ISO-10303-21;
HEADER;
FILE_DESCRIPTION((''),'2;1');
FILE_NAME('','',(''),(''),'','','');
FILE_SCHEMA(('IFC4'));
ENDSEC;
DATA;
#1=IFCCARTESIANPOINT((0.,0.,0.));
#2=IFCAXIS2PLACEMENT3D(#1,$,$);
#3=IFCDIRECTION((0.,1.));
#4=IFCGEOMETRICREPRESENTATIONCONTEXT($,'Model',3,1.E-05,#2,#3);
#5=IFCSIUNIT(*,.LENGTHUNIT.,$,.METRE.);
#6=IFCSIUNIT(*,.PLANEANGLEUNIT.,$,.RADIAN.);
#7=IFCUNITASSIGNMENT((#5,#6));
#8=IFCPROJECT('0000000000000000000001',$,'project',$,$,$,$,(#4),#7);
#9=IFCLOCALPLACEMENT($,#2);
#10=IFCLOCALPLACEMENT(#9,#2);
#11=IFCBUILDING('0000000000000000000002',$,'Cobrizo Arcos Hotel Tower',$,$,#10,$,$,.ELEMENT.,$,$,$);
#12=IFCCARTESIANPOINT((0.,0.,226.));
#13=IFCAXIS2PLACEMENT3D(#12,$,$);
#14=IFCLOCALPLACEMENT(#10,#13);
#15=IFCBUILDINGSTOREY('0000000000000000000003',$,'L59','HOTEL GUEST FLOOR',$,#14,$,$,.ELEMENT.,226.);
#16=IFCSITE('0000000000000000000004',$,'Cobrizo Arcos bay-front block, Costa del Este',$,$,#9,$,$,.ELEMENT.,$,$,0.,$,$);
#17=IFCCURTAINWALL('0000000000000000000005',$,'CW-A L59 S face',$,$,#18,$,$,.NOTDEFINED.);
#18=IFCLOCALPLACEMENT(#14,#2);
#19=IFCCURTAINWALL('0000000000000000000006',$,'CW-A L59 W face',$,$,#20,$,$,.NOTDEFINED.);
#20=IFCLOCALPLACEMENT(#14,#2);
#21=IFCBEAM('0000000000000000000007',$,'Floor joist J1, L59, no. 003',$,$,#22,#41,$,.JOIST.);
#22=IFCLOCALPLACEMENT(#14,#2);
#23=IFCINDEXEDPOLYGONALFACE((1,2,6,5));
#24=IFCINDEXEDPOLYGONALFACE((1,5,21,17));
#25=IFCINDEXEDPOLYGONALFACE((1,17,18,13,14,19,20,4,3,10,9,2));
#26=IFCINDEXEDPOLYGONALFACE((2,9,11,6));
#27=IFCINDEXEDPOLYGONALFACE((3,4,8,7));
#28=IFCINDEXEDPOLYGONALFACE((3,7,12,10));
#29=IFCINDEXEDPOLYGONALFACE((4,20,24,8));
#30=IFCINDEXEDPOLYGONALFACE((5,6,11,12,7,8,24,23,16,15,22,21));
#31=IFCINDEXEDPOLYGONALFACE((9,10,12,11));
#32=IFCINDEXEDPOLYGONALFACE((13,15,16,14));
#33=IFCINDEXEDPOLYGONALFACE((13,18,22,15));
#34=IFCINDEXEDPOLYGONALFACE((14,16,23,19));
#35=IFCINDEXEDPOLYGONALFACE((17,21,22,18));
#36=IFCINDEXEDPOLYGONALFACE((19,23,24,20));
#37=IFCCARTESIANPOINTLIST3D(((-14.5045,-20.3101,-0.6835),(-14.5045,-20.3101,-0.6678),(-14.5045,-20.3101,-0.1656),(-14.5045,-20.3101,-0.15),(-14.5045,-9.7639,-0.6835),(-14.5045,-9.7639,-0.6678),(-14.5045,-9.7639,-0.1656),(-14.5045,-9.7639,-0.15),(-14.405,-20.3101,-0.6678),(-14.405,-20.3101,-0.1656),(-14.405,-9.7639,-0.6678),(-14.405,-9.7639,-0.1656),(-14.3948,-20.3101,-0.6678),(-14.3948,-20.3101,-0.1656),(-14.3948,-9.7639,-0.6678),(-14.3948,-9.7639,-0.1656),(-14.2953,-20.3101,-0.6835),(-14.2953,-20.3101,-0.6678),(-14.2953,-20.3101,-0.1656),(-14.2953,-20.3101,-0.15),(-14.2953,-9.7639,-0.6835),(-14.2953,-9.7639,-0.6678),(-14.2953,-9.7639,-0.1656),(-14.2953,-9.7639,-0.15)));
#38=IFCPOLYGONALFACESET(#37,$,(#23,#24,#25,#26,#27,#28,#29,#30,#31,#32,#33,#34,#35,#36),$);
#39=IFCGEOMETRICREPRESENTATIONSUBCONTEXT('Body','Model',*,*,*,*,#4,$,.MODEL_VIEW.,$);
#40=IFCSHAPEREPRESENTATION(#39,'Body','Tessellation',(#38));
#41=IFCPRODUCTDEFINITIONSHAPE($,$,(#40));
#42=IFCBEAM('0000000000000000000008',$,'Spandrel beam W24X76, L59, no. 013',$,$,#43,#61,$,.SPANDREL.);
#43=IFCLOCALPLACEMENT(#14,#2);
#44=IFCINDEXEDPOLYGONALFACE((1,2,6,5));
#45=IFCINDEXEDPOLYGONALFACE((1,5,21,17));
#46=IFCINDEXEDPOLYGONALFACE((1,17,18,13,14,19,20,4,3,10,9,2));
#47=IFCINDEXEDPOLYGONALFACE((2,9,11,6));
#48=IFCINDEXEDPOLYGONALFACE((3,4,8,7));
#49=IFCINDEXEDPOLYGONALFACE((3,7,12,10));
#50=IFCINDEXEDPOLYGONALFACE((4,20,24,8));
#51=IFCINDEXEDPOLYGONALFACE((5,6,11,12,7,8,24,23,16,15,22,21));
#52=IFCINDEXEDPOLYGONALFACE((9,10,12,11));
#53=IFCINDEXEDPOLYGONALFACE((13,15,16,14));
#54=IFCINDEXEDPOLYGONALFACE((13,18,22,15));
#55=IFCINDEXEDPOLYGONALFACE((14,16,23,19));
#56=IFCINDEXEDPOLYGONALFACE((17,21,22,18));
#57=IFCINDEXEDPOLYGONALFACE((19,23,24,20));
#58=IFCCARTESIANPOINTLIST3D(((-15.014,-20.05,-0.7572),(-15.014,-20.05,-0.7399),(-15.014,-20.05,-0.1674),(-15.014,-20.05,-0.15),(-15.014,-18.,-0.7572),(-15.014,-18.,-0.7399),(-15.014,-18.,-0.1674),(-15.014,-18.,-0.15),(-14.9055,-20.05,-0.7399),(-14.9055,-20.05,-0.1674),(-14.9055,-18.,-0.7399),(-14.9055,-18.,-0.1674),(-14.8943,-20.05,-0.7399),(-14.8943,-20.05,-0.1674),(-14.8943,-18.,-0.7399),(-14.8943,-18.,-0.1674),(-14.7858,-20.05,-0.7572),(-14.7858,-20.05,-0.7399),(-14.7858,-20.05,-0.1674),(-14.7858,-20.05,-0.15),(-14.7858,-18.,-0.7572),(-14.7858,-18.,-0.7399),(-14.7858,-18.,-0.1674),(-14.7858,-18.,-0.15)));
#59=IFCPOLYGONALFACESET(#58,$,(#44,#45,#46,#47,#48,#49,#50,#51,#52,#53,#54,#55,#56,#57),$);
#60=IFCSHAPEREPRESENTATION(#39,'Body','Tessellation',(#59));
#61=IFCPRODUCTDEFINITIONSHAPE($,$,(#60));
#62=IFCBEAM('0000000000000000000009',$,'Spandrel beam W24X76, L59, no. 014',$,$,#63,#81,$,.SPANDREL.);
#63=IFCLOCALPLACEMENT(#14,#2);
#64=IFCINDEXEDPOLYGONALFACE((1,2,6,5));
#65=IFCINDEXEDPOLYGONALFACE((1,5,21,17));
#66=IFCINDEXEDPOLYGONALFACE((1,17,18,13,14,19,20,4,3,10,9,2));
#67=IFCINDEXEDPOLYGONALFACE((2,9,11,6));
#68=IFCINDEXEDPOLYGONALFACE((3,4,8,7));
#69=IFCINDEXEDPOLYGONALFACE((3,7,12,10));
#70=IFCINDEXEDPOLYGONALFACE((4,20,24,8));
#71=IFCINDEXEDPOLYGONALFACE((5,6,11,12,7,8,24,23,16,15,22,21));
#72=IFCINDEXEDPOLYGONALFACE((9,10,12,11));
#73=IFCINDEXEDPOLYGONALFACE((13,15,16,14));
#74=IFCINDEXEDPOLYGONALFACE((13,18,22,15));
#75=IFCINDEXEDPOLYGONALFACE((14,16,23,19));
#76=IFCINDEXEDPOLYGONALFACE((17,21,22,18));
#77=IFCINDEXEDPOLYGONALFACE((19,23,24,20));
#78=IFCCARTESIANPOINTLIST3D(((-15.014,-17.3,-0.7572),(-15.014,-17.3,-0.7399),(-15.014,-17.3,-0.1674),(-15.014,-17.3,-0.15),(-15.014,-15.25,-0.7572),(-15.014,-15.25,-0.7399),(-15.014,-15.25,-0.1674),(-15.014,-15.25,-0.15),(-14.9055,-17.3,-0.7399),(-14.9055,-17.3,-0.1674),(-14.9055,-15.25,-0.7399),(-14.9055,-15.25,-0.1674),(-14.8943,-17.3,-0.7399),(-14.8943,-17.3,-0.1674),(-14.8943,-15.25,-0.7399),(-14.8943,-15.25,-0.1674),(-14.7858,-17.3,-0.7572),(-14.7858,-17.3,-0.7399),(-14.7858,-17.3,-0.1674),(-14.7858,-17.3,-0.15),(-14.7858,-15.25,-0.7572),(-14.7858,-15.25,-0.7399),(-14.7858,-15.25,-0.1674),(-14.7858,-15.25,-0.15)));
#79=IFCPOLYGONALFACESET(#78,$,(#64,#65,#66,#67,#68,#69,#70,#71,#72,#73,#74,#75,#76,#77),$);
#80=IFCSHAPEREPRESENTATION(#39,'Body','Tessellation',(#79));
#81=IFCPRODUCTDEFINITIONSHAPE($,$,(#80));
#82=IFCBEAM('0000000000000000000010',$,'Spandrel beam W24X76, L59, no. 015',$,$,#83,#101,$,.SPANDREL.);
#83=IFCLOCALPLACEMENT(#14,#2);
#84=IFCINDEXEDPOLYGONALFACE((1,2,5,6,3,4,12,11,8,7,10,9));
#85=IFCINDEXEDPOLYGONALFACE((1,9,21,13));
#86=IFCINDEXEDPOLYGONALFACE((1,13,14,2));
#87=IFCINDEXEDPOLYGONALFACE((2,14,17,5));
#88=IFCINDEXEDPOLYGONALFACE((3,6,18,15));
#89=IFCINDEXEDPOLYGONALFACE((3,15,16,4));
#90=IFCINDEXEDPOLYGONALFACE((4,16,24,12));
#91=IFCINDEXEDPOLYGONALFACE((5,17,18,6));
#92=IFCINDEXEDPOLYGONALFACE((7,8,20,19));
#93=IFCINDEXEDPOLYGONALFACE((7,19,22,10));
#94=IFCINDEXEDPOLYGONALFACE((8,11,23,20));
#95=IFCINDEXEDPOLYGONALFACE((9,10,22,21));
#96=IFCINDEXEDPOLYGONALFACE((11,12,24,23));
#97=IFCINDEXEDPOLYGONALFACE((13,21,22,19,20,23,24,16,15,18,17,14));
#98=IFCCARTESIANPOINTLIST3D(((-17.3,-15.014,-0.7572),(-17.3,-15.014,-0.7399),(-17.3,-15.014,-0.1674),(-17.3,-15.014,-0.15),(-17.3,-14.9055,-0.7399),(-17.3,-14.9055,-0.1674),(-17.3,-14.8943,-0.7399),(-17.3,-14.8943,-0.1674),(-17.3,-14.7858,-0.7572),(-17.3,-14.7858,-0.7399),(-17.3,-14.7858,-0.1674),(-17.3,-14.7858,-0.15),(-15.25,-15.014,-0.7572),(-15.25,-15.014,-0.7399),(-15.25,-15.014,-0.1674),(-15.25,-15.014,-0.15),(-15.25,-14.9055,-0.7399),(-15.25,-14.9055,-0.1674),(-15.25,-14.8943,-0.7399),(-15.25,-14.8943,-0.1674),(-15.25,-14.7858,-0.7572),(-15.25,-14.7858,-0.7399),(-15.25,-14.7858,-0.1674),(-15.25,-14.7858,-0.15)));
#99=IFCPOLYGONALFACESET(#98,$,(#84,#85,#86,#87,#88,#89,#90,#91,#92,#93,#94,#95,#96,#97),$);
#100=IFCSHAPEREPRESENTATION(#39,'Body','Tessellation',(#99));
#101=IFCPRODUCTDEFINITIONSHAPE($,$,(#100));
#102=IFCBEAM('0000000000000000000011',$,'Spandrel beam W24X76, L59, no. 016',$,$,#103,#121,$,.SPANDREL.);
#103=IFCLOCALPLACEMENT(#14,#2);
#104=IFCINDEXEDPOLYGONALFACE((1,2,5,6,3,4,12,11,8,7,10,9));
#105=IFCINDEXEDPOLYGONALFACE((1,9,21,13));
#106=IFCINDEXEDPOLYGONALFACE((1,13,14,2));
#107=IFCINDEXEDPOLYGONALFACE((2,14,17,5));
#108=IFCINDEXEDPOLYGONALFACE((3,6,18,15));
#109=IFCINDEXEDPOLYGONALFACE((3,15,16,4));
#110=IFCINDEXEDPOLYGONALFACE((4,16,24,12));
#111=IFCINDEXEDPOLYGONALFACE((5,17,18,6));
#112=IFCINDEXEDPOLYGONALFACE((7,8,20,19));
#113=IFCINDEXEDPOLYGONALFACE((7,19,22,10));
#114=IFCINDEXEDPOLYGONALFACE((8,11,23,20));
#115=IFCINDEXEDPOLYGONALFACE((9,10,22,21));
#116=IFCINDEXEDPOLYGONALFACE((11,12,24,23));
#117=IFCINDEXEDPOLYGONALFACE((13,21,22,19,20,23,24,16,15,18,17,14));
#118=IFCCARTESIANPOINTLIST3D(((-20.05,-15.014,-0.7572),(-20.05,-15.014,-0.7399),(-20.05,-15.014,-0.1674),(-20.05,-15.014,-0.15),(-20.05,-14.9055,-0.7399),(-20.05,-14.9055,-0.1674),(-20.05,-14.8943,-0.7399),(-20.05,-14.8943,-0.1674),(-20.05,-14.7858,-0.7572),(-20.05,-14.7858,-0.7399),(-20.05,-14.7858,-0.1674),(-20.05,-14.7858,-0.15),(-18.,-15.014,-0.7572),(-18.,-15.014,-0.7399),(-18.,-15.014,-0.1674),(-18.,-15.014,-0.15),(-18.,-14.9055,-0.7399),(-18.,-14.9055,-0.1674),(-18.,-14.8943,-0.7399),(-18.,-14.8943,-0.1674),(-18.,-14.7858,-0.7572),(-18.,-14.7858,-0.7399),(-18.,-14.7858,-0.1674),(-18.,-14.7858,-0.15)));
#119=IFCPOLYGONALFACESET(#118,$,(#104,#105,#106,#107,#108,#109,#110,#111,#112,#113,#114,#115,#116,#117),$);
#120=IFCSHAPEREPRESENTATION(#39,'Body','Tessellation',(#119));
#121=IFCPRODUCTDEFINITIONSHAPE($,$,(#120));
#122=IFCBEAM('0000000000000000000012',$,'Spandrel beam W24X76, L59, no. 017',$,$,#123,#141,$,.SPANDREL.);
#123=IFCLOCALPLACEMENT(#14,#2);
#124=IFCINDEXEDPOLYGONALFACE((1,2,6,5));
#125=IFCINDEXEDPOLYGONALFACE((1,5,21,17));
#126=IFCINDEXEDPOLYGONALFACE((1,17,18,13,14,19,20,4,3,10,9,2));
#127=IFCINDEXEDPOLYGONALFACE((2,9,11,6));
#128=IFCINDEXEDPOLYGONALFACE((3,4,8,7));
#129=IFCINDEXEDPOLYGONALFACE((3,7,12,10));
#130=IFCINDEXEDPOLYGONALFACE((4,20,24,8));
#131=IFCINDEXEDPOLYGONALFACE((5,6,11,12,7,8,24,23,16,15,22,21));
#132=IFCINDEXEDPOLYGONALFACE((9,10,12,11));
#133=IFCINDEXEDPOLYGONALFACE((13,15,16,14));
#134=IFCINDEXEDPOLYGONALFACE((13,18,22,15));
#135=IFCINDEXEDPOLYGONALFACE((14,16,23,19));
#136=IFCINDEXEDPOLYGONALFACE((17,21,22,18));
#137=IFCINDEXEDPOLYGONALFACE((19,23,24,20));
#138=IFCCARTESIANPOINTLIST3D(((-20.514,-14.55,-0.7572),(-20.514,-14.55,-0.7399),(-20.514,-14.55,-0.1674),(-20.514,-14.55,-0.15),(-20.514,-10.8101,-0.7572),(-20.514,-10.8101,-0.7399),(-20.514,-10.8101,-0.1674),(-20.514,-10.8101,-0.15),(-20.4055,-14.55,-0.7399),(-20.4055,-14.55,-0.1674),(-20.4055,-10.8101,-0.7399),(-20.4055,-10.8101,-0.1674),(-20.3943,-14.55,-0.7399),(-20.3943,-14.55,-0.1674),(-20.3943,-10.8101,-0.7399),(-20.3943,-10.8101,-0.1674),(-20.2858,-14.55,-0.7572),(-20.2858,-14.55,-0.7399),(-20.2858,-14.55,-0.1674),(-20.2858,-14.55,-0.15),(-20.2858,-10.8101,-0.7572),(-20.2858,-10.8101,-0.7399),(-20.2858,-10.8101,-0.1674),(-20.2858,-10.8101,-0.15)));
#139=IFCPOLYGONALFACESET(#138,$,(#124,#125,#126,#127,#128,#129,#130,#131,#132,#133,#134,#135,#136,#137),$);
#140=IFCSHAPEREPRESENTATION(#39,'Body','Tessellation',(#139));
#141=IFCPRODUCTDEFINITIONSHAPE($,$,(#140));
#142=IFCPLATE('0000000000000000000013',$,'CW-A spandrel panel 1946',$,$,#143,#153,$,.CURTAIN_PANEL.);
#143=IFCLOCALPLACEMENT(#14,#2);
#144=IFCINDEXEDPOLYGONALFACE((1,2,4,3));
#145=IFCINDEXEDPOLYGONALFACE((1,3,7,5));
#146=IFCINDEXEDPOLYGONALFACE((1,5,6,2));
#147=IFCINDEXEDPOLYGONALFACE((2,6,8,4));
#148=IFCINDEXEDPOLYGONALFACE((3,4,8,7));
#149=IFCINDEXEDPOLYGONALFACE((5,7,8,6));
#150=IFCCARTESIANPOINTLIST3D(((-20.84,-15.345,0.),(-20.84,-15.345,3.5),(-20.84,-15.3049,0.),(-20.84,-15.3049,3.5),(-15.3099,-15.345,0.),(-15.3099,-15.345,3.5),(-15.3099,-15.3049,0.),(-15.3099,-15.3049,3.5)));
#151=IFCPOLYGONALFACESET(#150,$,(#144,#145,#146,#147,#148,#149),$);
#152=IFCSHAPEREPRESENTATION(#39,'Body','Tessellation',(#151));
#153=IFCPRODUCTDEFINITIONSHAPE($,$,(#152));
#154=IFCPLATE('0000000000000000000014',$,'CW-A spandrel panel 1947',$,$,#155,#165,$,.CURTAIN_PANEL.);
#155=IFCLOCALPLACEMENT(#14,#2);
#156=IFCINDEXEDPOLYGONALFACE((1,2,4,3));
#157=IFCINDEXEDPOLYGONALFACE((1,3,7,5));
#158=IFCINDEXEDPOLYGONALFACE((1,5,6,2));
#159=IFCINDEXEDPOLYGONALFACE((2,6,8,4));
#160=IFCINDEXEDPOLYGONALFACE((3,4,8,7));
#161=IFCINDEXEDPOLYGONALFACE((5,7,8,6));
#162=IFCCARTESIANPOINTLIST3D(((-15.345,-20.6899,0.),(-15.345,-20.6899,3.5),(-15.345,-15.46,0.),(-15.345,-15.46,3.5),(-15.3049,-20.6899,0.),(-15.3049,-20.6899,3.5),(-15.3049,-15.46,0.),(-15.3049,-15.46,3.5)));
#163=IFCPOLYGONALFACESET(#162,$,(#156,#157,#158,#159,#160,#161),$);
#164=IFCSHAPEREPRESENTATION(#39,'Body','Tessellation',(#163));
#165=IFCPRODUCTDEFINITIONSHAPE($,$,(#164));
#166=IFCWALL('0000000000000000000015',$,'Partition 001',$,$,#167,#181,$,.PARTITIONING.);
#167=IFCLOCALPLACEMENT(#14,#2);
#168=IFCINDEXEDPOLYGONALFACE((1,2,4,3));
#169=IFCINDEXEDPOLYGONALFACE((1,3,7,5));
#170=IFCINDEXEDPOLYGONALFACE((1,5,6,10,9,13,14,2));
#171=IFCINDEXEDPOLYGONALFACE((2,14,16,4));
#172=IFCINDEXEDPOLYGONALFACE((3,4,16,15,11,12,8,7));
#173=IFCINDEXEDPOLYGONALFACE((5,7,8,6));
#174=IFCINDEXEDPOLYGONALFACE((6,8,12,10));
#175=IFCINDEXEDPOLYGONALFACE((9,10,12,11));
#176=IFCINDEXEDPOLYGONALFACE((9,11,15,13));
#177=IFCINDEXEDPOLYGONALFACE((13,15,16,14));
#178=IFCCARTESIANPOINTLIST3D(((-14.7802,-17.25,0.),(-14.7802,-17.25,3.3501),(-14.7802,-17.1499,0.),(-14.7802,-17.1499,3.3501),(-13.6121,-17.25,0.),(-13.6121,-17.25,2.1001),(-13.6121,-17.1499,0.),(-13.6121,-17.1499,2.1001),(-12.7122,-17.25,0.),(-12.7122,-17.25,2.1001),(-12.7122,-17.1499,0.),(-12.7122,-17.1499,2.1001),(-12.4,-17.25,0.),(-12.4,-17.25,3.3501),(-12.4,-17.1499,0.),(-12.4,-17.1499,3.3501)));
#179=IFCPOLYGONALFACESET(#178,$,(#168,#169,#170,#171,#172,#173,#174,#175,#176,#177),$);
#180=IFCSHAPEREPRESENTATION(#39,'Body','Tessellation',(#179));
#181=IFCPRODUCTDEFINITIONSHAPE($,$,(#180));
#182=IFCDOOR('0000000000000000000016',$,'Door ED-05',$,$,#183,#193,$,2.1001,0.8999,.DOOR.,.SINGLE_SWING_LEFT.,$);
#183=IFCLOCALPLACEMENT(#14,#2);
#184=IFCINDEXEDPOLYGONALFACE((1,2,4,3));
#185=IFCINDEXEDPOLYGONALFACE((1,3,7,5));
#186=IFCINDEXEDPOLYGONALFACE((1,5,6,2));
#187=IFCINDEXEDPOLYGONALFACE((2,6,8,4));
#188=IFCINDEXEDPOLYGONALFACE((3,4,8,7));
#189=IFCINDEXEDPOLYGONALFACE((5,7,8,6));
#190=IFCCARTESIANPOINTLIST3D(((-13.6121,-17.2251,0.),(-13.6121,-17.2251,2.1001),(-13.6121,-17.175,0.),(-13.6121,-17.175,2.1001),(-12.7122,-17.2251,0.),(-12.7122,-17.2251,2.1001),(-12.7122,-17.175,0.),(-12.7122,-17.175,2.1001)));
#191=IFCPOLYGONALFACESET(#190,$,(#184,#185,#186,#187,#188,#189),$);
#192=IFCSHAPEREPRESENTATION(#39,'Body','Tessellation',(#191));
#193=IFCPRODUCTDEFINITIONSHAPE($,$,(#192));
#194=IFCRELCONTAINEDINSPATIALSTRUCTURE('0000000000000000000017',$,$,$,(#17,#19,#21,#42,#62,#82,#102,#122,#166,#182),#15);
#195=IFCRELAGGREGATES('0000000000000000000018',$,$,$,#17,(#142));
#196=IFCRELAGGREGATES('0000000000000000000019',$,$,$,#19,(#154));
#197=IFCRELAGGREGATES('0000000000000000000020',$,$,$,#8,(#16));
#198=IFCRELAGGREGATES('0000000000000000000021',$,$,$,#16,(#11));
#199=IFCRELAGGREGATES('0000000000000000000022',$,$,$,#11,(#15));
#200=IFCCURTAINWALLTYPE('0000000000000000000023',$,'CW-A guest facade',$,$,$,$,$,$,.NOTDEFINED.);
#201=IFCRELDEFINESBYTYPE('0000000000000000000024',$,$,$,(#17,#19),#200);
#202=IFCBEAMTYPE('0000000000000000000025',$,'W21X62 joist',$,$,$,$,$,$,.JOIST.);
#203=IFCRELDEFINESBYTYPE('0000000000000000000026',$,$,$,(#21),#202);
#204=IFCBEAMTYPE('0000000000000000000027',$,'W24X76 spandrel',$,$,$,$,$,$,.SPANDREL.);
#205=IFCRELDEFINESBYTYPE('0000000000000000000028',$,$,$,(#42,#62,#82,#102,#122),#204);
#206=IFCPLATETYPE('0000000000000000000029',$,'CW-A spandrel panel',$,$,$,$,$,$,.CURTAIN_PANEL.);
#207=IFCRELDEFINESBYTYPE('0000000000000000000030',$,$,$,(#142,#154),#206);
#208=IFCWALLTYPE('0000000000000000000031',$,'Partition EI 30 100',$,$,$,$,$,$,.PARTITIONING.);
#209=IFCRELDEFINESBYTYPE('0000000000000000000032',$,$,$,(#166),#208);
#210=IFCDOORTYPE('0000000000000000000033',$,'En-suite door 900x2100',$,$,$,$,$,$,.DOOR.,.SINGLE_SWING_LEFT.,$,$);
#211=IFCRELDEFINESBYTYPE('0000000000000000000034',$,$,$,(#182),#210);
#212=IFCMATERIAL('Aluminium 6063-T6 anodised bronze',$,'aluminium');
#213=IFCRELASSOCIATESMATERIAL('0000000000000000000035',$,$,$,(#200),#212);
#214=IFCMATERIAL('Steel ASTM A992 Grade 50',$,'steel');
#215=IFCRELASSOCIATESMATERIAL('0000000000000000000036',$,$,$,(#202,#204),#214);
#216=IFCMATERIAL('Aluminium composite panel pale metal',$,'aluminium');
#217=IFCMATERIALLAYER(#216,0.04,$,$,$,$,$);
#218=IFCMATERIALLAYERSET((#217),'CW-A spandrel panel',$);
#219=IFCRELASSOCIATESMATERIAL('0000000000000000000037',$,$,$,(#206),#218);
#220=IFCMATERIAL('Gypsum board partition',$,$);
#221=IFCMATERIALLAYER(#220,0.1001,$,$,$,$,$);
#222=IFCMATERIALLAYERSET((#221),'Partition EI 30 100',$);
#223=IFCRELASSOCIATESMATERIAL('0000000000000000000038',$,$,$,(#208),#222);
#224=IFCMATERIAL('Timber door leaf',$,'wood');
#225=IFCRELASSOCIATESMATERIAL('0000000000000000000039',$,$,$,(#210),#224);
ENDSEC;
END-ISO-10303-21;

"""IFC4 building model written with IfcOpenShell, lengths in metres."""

from ifc_helpers import new_model, si_unit, direction, frame, frame_2d, origin, origin_2d, place, context, subcontext, project, spatial, rectangle, i_section, extrude, material, layer, layer_set, material_profile, profile_set, type_object, element, fill, aggregate, save


model = new_model("IFC4")

# Units and contexts
model_context = context("Model", 3, precision=1e-05, world=origin(), true_north=direction((0.0, 1.0)))
body_context = subcontext(model_context, "Body", "Model", "MODEL_VIEW")
ifc_project = project(units=[si_unit("LENGTHUNIT", "METRE"), si_unit("PLANEANGLEUNIT", "RADIAN")], contexts=[model_context])

# Site, building, storey
site_placement = place(None, origin())
site = spatial("IfcSite", under=ifc_project, at=site_placement, Name="Cobrizo Arcos bay-front block, Costa del Este", CompositionType="ELEMENT", RefElevation=0.0)
building_placement = place(site_placement, origin())
building = spatial("IfcBuilding", under=site, at=building_placement, Name="Cobrizo Arcos Hotel Tower", CompositionType="ELEMENT")
storey_placement = place(building_placement, frame((0.0, 0.0, 226.0)))
storey = spatial("IfcBuildingStorey", under=building, at=storey_placement, Name="L59", Description="HOTEL GUEST FLOOR", CompositionType="ELEMENT", Elevation=226.0)

# Shared definitions
ifc_material_1 = material(Name="Aluminium 6063-T6 anodised bronze", Category="aluminium")
curtain_wall_type = type_object("IfcCurtainWallType", Name="CW-A guest facade", PredefinedType="NOTDEFINED", material=ifc_material_1)

# Curtain walls
curtain_wall_1_placement = place(storey_placement, origin())
curtain_wall_1 = element("IfcCurtainWall", 1, at=curtain_wall_1_placement, inside=storey, type_object=curtain_wall_type, Name="CW-A L59 S face", PredefinedType="NOTDEFINED")
curtain_wall_2_placement = place(storey_placement, origin())
curtain_wall_2 = element("IfcCurtainWall", 2, at=curtain_wall_2_placement, inside=storey, type_object=curtain_wall_type, Name="CW-A L59 W face", PredefinedType="NOTDEFINED")

# Beams
ifc_material_2 = material(Name="Steel ASTM A992 Grade 50", Category="steel")
ifc_material_profile_1 = material_profile(ifc_material_2, i_section(OverallWidth=0.2092, OverallDepth=0.5334, WebThickness=0.0103, FlangeThickness=0.0156, at=origin_2d()), Name="W21X62")
ifc_profile_set_1 = profile_set([ifc_material_profile_1], Name="Steel ASTM A992 Grade 50")
beam_type_1 = type_object("IfcBeamType", Name="W21X62 joist", PredefinedType="JOIST", material=ifc_profile_set_1)
beam_1_placement = place(storey_placement, frame((-14.3999, -20.3101, -0.4167), z_axis=(0.0, 1.0, 0.0), x_axis=(-1.0, 0.0, 0.0)))
element("IfcBeam", 3, at=beam_1_placement, inside=storey, type_object=beam_type_1, Name="Floor joist J1, L59, no. 003", PredefinedType="JOIST", context=body_context, shape_type="SweptSolid", body=[
    extrude(i_section(OverallWidth=0.2092, OverallDepth=0.5334, WebThickness=0.0103, FlangeThickness=0.0156, at=origin_2d()), origin(), (0.0, 0.0, 1.0), 10.5461),
])
ifc_material_profile_2 = material_profile(ifc_material_2, i_section(OverallWidth=0.2283, OverallDepth=0.6072, WebThickness=0.0112, FlangeThickness=0.0173, at=origin_2d()), Name="W24X76")
ifc_profile_set_2 = profile_set([ifc_material_profile_2], Name="Steel ASTM A992 Grade 50")
beam_type_2 = type_object("IfcBeamType", Name="W24X76 spandrel", PredefinedType="SPANDREL", material=ifc_profile_set_2)
for number, where, z_axis, x_axis, name in (
    (4, (-14.8999, -20.05, -0.4536), (0.0, 1.0, 0.0), (-1.0, 0.0, 0.0), "Spandrel beam W24X76, L59, no. 013"),
    (5, (-14.8999, -17.3, -0.4536), (0.0, 1.0, 0.0), (-1.0, 0.0, 0.0), "Spandrel beam W24X76, L59, no. 014"),
    (6, (-15.25, -14.8999, -0.4536), (-1.0, 0.0, 0.0), (0.0, -1.0, 0.0), "Spandrel beam W24X76, L59, no. 015"),
    (7, (-18.0, -14.8999, -0.4536), (-1.0, 0.0, 0.0), (0.0, -1.0, 0.0), "Spandrel beam W24X76, L59, no. 016"),
):
    element("IfcBeam", number, at=place(storey_placement, frame(where, z_axis=z_axis, x_axis=x_axis)), inside=storey, type_object=beam_type_2, Name=name, PredefinedType="SPANDREL", context=body_context, shape_type="SweptSolid", body=[
        extrude(i_section(OverallWidth=0.2283, OverallDepth=0.6072, WebThickness=0.0112, FlangeThickness=0.0173, at=origin_2d()), origin(), (0.0, 0.0, 1.0), 2.05),
    ])
beam_2_placement = place(storey_placement, frame((-20.3999, -14.55, -0.4536), z_axis=(0.0, 1.0, 0.0), x_axis=(-1.0, 0.0, 0.0)))
element("IfcBeam", 8, at=beam_2_placement, inside=storey, type_object=beam_type_2, Name="Spandrel beam W24X76, L59, no. 017", PredefinedType="SPANDREL", context=body_context, shape_type="SweptSolid", body=[
    extrude(i_section(OverallWidth=0.2283, OverallDepth=0.6072, WebThickness=0.0112, FlangeThickness=0.0173, at=origin_2d()), origin(), (0.0, 0.0, 1.0), 3.74),
])

# Plates
ifc_material_3 = material(Name="Aluminium composite panel pale metal", Category="aluminium")
ifc_layer_1 = layer(ifc_material_3, 0.04)
ifc_layer_set_1 = layer_set([ifc_layer_1], Name="CW-A spandrel panel")
plate_type = type_object("IfcPlateType", Name="CW-A spandrel panel", PredefinedType="CURTAIN_PANEL", material=ifc_layer_set_1)
plate_1_placement = place(storey_placement, frame((-18.075, -15.325, 0.0), z_axis=(0.0, 0.0, 1.0), x_axis=(1.0, 0.0, 0.0)))
plate_1 = element("IfcPlate", 9, at=plate_1_placement, type_object=plate_type, Name="CW-A spandrel panel 1946", PredefinedType="CURTAIN_PANEL", context=body_context, shape_type="SweptSolid", body=[
    extrude(rectangle(XDim=5.53, YDim=0.04, at=origin_2d()), origin(), (0.0, 0.0, 1.0), 3.5),
])
aggregate(curtain_wall_1, [plate_1])
plate_2_placement = place(storey_placement, frame((-15.325, -18.075, 0.0), z_axis=(0.0, 0.0, 1.0), x_axis=(0.0, -1.0, 0.0)))
plate_2 = element("IfcPlate", 10, at=plate_2_placement, type_object=plate_type, Name="CW-A spandrel panel 1947", PredefinedType="CURTAIN_PANEL", context=body_context, shape_type="SweptSolid", body=[
    extrude(rectangle(XDim=5.23, YDim=0.04, at=origin_2d()), origin(), (0.0, 0.0, 1.0), 3.5),
])
aggregate(curtain_wall_2, [plate_2])

# Wall, opening, door
ifc_material_4 = material(Name="Gypsum board partition")
ifc_layer_2 = layer(ifc_material_4, 0.1001)
ifc_layer_set_2 = layer_set([ifc_layer_2], Name="Partition EI 30 100")
wall_type = type_object("IfcWallType", Name="Partition EI 30 100", PredefinedType="PARTITIONING", material=ifc_layer_set_2)
wall_placement = place(storey_placement, frame((-14.78, -17.2, 0.0), z_axis=(0.0, 0.0, 1.0), x_axis=(1.0, 0.0, 0.0)))
wall = element("IfcWall", 11, at=wall_placement, inside=storey, type_object=wall_type, Name="Partition 001", PredefinedType="PARTITIONING", context=body_context, shape_type="SweptSolid", body=[
    extrude(rectangle(XDim=2.3801, YDim=0.1001, at=frame_2d((1.1899, 0.0))), origin(), (0.0, 0.0, 1.0), 3.3501),
])
opening_placement = place(wall_placement, frame((1.168, 0.0, 0.0)))
opening = element("IfcOpeningElement", 12, at=opening_placement, cuts=wall, PredefinedType="OPENING", context=body_context, shape_type="SweptSolid", body=[
    extrude(rectangle(XDim=0.8999, YDim=2.1001, at=frame_2d((0.45, 1.05))), frame((0.0, 0.062, 0.0), z_axis=(0.0, -1.0, 0.0), x_axis=(1.0, 0.0, 0.0)), (0.0, 0.0, 1.0), 0.124),
])
ifc_material_5 = material(Name="Timber door leaf", Category="wood")
door_type = type_object("IfcDoorType", Name="En-suite door 900x2100", OperationType="SINGLE_SWING_LEFT", PredefinedType="DOOR", material=ifc_material_5)
door_placement = place(opening_placement, origin())
door = element("IfcDoor", 13, at=door_placement, inside=storey, type_object=door_type, Name="Door ED-05", OperationType="SINGLE_SWING_LEFT", OverallHeight=2.1001, OverallWidth=0.8999, PredefinedType="DOOR", context=body_context, shape_type="SweptSolid", body=[
    extrude(rectangle(XDim=0.8999, YDim=2.1001, at=frame_2d((0.45, 1.05))), frame((0.0, 0.0249, 0.0), z_axis=(0.0, -1.0, 0.0), x_axis=(1.0, 0.0, 0.0)), (0.0, 0.0, 1.0), 0.05),
])
fill(opening, door)

save(model, "model.ifc")
